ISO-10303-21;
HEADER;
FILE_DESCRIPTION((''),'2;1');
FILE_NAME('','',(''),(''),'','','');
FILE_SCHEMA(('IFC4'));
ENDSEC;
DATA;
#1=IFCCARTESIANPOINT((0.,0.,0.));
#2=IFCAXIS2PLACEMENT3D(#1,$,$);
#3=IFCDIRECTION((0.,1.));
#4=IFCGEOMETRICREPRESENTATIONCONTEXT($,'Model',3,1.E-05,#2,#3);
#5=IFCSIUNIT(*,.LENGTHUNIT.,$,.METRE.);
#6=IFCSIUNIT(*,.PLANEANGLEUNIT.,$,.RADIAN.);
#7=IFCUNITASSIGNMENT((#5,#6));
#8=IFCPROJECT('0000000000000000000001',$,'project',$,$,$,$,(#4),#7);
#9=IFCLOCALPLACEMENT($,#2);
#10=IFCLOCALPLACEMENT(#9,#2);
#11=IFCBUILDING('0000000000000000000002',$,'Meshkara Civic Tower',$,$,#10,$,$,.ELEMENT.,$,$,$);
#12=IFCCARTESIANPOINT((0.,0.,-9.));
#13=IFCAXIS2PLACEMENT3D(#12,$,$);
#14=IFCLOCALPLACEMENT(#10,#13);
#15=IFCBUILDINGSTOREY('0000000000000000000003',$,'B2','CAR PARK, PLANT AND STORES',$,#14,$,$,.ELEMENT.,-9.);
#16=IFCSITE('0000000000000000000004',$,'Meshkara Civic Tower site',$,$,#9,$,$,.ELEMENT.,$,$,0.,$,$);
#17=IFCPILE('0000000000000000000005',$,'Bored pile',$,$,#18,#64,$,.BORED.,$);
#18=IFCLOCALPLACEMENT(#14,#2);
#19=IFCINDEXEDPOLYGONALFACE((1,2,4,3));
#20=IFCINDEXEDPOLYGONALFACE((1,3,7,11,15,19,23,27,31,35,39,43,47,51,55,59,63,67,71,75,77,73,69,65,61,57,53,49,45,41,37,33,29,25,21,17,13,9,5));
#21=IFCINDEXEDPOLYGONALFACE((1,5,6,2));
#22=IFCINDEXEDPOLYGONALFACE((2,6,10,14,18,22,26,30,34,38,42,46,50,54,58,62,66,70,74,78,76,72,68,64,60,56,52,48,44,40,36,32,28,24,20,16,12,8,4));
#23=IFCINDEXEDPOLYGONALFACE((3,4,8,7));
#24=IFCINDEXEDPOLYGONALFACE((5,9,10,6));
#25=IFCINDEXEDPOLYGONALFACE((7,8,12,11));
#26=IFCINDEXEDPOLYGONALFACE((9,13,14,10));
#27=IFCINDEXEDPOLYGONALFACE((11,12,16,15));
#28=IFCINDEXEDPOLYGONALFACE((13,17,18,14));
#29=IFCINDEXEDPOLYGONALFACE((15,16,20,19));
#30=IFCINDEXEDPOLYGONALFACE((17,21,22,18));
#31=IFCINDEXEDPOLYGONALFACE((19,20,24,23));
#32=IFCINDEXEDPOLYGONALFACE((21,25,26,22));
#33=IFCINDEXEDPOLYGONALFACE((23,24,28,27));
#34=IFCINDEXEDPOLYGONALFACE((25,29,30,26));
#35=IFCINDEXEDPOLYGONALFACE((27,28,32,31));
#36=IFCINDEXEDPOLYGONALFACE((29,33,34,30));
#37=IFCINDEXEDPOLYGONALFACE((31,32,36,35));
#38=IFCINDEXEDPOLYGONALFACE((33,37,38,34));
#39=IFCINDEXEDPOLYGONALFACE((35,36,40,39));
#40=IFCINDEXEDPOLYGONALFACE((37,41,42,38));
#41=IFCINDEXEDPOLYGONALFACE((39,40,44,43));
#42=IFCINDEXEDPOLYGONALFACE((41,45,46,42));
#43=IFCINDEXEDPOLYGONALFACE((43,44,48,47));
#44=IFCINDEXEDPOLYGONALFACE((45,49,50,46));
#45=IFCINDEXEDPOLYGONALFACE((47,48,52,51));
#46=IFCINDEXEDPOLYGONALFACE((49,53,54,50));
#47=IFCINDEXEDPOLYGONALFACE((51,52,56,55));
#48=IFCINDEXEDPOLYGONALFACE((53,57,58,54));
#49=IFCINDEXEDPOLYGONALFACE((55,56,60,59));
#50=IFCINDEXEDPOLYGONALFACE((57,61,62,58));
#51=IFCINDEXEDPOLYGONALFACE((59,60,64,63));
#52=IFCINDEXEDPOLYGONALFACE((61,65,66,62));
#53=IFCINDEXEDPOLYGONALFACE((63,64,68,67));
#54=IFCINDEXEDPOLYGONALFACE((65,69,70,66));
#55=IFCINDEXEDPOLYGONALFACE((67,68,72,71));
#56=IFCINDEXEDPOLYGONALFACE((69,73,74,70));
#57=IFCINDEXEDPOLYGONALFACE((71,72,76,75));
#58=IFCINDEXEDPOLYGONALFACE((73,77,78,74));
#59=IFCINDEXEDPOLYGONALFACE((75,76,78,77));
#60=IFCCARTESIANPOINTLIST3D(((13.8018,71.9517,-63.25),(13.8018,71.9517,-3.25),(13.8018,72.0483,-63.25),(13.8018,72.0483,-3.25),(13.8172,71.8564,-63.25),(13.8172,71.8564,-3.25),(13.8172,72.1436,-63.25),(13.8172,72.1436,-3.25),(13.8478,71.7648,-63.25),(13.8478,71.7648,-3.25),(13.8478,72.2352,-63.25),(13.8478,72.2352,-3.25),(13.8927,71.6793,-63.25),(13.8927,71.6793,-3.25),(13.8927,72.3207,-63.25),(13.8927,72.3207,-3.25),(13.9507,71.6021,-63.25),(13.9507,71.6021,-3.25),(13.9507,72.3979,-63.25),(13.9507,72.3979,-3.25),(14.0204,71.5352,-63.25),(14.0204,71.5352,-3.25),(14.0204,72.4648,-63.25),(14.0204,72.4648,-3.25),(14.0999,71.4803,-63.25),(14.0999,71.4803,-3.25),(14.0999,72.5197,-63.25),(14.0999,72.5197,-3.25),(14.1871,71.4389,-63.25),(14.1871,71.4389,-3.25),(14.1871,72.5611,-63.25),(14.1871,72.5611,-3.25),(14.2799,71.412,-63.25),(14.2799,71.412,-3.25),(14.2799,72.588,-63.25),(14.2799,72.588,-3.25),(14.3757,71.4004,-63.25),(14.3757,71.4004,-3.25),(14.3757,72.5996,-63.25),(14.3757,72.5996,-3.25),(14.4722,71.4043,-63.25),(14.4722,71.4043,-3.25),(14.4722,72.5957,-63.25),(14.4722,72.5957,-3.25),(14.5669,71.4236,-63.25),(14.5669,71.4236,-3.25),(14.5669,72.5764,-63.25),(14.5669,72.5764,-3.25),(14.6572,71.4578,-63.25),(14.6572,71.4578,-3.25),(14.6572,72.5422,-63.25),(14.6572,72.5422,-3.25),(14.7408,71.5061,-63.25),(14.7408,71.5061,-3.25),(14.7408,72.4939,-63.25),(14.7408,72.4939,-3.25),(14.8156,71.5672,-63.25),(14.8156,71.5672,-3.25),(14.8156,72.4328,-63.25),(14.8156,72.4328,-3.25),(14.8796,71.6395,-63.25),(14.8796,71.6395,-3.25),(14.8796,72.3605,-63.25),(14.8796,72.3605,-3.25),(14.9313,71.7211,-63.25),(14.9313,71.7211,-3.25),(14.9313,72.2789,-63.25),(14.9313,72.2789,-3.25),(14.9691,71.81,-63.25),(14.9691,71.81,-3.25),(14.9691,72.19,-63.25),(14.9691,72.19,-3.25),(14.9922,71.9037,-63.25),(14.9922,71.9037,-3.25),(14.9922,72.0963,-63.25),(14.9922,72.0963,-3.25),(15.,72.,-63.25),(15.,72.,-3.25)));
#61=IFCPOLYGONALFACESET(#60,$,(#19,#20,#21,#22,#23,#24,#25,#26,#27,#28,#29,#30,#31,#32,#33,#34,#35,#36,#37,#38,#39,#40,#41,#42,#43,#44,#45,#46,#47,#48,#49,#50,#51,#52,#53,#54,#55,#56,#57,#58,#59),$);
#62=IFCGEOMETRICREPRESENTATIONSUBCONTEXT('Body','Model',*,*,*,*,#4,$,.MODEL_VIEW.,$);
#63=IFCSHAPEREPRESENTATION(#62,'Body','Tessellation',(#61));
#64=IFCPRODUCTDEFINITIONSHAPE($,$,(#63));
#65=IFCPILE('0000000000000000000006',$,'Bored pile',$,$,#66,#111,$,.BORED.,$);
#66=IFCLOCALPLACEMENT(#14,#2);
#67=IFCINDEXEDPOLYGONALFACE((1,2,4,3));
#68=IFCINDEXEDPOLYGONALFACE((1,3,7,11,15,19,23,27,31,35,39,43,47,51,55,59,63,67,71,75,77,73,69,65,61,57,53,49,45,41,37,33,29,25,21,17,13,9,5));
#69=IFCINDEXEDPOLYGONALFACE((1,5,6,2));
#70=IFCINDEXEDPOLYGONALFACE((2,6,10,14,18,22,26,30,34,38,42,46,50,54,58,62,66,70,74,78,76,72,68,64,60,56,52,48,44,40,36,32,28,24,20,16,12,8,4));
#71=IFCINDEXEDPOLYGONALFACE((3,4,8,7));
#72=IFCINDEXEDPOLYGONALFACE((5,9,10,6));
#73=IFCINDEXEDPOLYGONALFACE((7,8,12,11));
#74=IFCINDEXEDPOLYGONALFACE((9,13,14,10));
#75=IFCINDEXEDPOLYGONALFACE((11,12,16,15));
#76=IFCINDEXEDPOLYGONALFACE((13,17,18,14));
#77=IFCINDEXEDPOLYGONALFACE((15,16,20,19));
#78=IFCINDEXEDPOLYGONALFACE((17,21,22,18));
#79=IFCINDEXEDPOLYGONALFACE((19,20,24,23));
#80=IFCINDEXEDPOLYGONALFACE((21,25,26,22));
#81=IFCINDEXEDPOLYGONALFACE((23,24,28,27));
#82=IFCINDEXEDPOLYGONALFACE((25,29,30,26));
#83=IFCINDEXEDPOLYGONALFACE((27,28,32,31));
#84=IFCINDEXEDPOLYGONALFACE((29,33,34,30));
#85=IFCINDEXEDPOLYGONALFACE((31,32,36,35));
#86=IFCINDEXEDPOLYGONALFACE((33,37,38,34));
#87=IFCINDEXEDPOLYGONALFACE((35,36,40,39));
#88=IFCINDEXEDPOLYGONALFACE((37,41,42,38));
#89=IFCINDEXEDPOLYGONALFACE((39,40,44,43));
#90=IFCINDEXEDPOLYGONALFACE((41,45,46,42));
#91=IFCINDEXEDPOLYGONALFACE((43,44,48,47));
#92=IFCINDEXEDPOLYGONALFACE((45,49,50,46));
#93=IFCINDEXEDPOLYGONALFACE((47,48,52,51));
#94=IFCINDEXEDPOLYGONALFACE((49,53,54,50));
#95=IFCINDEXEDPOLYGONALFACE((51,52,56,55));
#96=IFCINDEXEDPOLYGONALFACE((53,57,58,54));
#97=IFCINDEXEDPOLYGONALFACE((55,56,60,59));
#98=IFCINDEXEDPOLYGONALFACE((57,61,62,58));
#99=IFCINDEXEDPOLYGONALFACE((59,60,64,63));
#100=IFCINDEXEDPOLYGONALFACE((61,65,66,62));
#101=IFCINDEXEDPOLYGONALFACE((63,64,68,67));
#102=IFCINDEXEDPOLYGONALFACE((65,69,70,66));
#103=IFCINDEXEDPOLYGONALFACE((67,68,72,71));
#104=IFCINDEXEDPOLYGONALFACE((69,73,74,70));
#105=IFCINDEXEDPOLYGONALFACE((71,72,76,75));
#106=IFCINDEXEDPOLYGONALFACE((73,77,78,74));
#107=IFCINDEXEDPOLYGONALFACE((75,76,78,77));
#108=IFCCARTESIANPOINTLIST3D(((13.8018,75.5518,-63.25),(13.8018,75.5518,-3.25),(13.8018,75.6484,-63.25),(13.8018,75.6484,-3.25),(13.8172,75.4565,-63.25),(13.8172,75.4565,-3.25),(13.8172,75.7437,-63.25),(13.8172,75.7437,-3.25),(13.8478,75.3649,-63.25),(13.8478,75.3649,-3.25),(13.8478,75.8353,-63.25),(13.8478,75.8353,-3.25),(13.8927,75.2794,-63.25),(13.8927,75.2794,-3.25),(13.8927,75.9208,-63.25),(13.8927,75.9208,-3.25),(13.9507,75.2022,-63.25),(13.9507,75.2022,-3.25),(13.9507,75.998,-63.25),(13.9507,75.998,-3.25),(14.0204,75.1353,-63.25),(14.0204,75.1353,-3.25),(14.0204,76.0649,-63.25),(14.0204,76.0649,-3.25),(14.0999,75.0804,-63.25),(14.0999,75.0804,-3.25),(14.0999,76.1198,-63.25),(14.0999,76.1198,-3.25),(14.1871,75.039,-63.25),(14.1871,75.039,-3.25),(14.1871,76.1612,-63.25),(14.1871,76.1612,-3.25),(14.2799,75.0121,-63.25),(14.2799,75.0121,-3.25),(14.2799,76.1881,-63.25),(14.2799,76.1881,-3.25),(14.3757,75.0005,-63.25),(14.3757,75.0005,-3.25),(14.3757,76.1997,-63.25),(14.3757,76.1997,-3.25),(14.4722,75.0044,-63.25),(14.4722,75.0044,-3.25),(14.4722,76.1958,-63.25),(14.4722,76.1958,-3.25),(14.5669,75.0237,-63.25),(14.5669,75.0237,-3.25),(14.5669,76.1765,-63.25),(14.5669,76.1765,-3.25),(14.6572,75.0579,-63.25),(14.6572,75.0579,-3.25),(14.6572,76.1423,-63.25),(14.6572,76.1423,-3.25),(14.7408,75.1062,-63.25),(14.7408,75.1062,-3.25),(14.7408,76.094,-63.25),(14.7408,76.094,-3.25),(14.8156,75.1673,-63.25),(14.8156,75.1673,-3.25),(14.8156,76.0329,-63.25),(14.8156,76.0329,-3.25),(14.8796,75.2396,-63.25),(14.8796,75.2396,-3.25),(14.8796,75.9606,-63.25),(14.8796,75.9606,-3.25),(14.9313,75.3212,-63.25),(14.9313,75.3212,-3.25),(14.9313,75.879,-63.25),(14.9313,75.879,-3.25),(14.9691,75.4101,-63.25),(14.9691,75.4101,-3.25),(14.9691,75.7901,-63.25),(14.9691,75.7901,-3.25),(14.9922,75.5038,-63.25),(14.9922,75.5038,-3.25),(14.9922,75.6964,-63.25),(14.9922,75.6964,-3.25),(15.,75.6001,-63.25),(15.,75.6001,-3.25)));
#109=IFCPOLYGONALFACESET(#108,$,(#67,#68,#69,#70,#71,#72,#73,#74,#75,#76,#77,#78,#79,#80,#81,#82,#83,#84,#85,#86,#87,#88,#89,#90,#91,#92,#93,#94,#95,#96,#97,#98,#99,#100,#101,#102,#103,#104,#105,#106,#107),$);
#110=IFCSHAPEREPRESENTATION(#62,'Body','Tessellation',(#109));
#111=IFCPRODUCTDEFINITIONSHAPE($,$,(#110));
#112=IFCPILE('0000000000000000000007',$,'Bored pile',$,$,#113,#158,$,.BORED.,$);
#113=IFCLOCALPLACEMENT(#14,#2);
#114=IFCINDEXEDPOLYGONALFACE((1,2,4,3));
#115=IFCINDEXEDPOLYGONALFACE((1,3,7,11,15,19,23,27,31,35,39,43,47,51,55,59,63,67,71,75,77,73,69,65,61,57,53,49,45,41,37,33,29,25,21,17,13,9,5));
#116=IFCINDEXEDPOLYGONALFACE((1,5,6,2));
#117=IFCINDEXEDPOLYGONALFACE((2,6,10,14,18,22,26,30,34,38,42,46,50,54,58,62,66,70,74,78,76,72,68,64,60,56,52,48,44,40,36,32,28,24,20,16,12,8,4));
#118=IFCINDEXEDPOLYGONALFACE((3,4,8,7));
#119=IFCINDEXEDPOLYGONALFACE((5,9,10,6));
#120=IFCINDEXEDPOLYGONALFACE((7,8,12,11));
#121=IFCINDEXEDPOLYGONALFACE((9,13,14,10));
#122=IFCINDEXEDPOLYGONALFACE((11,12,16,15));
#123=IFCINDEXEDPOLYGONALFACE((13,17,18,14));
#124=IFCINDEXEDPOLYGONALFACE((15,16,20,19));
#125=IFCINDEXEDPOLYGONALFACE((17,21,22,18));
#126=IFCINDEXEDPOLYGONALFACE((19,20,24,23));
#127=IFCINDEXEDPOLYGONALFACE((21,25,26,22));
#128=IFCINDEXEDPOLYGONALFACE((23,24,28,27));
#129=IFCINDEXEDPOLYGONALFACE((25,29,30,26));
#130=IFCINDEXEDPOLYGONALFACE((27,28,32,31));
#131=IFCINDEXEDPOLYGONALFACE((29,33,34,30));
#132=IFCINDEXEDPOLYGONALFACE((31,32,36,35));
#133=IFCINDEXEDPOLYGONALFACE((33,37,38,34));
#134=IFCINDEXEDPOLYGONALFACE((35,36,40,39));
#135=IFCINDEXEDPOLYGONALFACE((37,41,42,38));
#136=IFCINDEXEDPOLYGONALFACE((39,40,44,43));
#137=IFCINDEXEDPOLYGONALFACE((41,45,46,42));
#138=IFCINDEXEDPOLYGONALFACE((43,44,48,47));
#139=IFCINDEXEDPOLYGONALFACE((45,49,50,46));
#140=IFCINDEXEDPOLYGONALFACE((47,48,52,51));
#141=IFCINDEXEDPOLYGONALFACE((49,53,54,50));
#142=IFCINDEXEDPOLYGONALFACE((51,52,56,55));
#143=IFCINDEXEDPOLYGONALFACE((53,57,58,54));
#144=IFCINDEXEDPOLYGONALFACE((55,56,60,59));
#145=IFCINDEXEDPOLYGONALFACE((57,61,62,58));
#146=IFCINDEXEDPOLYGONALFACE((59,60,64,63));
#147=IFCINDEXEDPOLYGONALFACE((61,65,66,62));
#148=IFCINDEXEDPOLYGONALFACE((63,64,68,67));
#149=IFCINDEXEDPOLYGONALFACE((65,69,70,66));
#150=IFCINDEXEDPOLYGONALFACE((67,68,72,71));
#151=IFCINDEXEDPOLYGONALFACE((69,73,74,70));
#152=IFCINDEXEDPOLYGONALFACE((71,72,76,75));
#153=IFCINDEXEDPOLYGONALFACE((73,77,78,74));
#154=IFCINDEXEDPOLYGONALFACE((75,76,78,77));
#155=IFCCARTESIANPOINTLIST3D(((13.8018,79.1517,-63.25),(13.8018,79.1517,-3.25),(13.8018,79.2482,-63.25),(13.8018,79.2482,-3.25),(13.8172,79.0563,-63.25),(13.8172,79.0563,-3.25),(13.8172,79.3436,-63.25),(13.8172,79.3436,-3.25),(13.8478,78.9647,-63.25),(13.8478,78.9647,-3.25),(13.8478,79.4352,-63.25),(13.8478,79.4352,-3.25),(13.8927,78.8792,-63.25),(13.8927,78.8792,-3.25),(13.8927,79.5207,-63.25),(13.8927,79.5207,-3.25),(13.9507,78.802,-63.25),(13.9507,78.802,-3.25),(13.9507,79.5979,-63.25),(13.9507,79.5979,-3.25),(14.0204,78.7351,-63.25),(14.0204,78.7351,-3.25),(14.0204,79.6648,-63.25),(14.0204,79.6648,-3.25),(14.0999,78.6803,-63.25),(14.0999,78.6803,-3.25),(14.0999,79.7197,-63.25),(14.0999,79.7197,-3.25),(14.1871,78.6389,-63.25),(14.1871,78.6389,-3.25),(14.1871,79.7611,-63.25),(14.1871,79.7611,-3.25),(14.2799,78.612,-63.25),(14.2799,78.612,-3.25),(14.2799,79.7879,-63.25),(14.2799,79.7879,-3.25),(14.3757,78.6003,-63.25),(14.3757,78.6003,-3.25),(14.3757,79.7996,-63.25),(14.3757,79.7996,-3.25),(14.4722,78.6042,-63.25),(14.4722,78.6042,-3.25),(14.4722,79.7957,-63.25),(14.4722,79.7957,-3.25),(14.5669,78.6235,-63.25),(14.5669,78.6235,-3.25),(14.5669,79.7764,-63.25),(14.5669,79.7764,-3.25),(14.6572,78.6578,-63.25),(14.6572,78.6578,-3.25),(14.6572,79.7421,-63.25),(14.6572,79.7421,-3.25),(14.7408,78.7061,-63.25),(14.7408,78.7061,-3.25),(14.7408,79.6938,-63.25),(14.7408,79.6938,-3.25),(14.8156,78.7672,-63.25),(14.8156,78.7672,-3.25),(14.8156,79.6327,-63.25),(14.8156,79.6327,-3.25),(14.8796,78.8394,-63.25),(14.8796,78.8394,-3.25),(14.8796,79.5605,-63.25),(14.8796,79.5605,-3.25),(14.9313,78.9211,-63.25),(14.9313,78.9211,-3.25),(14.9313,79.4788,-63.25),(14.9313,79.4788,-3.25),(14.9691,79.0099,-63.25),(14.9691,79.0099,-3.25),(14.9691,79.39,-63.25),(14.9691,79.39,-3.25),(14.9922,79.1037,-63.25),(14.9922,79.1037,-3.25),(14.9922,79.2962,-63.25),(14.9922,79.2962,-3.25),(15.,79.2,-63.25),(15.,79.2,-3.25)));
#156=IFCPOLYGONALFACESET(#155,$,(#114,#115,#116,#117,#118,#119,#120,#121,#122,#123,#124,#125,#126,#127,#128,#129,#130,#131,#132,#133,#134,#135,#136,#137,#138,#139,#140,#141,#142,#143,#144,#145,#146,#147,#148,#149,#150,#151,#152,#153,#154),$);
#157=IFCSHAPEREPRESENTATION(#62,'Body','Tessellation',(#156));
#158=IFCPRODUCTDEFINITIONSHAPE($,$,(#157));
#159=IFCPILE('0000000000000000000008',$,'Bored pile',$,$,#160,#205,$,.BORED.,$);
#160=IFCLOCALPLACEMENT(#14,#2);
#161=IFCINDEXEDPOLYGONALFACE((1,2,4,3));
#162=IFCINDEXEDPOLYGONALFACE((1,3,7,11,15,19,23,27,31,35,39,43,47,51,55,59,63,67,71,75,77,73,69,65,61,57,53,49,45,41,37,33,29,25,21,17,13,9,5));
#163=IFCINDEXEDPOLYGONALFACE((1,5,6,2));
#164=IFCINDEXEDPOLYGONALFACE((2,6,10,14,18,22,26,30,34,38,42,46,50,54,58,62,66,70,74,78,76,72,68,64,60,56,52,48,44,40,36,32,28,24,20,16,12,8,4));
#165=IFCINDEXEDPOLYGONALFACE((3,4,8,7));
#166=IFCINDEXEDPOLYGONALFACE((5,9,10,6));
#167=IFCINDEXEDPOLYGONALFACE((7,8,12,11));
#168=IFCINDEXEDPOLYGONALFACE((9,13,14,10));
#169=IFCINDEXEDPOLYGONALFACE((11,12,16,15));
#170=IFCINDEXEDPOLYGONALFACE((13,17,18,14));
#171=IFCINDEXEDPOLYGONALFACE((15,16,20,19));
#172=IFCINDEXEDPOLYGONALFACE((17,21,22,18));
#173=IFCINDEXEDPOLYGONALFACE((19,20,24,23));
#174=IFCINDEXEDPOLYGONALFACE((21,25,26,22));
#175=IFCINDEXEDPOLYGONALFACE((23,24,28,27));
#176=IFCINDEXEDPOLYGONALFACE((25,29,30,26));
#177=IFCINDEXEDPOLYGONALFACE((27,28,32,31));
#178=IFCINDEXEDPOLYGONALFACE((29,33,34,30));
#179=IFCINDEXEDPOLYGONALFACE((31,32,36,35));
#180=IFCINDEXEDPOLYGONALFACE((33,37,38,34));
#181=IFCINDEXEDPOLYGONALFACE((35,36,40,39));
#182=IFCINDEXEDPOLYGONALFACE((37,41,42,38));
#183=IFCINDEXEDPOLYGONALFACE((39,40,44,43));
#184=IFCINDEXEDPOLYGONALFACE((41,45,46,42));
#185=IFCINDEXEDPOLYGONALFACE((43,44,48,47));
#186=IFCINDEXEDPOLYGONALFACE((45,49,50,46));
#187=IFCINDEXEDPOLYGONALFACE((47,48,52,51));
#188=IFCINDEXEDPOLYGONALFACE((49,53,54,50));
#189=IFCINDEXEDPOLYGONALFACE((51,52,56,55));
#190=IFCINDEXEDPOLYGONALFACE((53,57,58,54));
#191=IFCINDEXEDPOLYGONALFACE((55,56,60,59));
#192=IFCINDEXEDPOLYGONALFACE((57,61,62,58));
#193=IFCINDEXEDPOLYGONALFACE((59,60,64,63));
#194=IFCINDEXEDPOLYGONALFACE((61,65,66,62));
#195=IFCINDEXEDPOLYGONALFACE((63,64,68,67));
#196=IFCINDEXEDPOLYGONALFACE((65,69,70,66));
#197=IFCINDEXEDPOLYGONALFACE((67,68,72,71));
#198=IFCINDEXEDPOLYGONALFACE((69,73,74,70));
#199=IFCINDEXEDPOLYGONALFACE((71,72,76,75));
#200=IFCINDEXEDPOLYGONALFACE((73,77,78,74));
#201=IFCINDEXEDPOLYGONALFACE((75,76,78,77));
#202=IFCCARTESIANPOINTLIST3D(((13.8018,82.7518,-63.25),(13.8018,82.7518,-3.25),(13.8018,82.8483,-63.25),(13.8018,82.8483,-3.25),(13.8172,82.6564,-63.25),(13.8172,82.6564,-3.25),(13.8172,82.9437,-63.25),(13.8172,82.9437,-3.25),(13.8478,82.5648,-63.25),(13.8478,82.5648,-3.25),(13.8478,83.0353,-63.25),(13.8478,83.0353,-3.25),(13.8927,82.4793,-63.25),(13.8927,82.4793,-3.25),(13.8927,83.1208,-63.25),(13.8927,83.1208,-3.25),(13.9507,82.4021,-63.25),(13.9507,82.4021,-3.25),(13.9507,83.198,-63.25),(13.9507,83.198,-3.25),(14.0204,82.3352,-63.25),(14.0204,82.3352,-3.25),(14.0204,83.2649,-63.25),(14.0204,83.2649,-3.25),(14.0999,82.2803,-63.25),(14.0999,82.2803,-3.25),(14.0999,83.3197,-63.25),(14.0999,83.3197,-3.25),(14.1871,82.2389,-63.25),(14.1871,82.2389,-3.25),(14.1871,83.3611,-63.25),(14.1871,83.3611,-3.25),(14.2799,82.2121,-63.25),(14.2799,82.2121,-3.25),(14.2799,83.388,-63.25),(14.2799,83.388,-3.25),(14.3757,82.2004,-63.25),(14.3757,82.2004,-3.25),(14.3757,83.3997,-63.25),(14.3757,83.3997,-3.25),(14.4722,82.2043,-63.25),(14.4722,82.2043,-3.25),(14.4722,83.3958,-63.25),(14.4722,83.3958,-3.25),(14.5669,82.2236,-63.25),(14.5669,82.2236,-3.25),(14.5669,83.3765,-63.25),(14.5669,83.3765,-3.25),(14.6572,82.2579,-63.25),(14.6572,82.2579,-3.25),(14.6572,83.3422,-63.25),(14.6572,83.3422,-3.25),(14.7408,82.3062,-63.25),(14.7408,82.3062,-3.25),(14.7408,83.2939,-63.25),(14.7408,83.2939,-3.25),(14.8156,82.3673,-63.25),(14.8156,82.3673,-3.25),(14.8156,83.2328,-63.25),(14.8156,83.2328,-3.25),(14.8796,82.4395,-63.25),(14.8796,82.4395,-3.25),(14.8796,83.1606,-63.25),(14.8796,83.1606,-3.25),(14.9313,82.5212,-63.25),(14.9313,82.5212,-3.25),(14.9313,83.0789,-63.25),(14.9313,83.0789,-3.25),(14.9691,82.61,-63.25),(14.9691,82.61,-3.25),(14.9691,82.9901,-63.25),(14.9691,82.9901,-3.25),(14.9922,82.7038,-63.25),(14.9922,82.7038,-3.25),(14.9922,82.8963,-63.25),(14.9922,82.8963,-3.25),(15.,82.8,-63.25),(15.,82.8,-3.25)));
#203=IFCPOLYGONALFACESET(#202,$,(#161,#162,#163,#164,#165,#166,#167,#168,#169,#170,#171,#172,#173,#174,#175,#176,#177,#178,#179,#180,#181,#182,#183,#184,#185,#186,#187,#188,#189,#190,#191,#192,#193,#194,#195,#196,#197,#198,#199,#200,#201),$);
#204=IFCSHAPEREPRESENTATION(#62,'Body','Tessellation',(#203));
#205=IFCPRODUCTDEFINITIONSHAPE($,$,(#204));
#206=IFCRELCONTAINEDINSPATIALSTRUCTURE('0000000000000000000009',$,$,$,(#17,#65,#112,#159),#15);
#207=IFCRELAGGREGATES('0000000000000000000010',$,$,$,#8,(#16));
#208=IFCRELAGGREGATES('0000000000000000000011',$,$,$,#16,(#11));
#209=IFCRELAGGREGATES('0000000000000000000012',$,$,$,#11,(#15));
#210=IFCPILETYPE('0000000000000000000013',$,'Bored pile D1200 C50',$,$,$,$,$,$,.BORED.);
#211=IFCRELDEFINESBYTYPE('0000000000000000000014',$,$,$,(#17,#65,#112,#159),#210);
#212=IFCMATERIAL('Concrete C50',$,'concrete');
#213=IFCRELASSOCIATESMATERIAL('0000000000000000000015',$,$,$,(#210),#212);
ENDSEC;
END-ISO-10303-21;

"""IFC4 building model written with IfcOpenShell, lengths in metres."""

from ifc_helpers import new_model, si_unit, direction, frame, origin, origin_2d, place, context, subcontext, project, spatial, circle, extrude, material, material_profile, profile_set, type_object, element, save


model = new_model("IFC4")

# Units and contexts
model_context = context("Model", 3, precision=1e-05, world=origin(), true_north=direction((0.0, 1.0)))
body_context = subcontext(model_context, "Body", "Model", "MODEL_VIEW")
ifc_project = project(units=[si_unit("LENGTHUNIT", "METRE"), si_unit("PLANEANGLEUNIT", "RADIAN")], contexts=[model_context])

# Site, building, storey
site_placement = place(None, origin())
site = spatial("IfcSite", under=ifc_project, at=site_placement, Name="Meshkara Civic Tower site", CompositionType="ELEMENT", RefElevation=0.0)
building_placement = place(site_placement, origin())
building = spatial("IfcBuilding", under=site, at=building_placement, Name="Meshkara Civic Tower", CompositionType="ELEMENT")
storey_placement = place(building_placement, frame((0.0, 0.0, -9.0)))
storey = spatial("IfcBuildingStorey", under=building, at=storey_placement, Name="B2", Description="CAR PARK, PLANT AND STORES", CompositionType="ELEMENT", Elevation=-9.0)

# Piles
ifc_material_1 = material(Name="Concrete C50", Category="concrete")
ifc_material_profile_1 = material_profile(ifc_material_1, circle(Radius=0.6001, at=origin_2d()))
ifc_profile_set_1 = profile_set([ifc_material_profile_1], Name="Concrete C50")
pile_type = type_object("IfcPileType", Name="Bored pile D1200 C50", PredefinedType="BORED", material=ifc_profile_set_1)
for number, where, z_axis, x_axis, name in (
    (1, (14.3999, 72.0, -3.25), (0.0, 0.0, -1.0), (1.0, 0.0, 0.0), "Bored pile"),
    (2, (14.3999, 75.6001, -3.25), (0.0, 0.0, -1.0), (1.0, 0.0, 0.0), "Bored pile"),
    (3, (14.3999, 79.2, -3.25), (0.0, 0.0, -1.0), (1.0, 0.0, 0.0), "Bored pile"),
    (4, (14.3999, 82.8, -3.25), (0.0, 0.0, -1.0), (1.0, 0.0, 0.0), "Bored pile"),
):
    element("IfcPile", number, at=place(storey_placement, frame(where, z_axis=z_axis, x_axis=x_axis)), inside=storey, type_object=pile_type, Name=name, PredefinedType="BORED", context=body_context, shape_type="SweptSolid", body=[
        extrude(circle(Radius=0.6001, at=origin_2d()), origin(), (0.0, 0.0, 1.0), 60.0),
    ])

save(model, "model.ifc")
